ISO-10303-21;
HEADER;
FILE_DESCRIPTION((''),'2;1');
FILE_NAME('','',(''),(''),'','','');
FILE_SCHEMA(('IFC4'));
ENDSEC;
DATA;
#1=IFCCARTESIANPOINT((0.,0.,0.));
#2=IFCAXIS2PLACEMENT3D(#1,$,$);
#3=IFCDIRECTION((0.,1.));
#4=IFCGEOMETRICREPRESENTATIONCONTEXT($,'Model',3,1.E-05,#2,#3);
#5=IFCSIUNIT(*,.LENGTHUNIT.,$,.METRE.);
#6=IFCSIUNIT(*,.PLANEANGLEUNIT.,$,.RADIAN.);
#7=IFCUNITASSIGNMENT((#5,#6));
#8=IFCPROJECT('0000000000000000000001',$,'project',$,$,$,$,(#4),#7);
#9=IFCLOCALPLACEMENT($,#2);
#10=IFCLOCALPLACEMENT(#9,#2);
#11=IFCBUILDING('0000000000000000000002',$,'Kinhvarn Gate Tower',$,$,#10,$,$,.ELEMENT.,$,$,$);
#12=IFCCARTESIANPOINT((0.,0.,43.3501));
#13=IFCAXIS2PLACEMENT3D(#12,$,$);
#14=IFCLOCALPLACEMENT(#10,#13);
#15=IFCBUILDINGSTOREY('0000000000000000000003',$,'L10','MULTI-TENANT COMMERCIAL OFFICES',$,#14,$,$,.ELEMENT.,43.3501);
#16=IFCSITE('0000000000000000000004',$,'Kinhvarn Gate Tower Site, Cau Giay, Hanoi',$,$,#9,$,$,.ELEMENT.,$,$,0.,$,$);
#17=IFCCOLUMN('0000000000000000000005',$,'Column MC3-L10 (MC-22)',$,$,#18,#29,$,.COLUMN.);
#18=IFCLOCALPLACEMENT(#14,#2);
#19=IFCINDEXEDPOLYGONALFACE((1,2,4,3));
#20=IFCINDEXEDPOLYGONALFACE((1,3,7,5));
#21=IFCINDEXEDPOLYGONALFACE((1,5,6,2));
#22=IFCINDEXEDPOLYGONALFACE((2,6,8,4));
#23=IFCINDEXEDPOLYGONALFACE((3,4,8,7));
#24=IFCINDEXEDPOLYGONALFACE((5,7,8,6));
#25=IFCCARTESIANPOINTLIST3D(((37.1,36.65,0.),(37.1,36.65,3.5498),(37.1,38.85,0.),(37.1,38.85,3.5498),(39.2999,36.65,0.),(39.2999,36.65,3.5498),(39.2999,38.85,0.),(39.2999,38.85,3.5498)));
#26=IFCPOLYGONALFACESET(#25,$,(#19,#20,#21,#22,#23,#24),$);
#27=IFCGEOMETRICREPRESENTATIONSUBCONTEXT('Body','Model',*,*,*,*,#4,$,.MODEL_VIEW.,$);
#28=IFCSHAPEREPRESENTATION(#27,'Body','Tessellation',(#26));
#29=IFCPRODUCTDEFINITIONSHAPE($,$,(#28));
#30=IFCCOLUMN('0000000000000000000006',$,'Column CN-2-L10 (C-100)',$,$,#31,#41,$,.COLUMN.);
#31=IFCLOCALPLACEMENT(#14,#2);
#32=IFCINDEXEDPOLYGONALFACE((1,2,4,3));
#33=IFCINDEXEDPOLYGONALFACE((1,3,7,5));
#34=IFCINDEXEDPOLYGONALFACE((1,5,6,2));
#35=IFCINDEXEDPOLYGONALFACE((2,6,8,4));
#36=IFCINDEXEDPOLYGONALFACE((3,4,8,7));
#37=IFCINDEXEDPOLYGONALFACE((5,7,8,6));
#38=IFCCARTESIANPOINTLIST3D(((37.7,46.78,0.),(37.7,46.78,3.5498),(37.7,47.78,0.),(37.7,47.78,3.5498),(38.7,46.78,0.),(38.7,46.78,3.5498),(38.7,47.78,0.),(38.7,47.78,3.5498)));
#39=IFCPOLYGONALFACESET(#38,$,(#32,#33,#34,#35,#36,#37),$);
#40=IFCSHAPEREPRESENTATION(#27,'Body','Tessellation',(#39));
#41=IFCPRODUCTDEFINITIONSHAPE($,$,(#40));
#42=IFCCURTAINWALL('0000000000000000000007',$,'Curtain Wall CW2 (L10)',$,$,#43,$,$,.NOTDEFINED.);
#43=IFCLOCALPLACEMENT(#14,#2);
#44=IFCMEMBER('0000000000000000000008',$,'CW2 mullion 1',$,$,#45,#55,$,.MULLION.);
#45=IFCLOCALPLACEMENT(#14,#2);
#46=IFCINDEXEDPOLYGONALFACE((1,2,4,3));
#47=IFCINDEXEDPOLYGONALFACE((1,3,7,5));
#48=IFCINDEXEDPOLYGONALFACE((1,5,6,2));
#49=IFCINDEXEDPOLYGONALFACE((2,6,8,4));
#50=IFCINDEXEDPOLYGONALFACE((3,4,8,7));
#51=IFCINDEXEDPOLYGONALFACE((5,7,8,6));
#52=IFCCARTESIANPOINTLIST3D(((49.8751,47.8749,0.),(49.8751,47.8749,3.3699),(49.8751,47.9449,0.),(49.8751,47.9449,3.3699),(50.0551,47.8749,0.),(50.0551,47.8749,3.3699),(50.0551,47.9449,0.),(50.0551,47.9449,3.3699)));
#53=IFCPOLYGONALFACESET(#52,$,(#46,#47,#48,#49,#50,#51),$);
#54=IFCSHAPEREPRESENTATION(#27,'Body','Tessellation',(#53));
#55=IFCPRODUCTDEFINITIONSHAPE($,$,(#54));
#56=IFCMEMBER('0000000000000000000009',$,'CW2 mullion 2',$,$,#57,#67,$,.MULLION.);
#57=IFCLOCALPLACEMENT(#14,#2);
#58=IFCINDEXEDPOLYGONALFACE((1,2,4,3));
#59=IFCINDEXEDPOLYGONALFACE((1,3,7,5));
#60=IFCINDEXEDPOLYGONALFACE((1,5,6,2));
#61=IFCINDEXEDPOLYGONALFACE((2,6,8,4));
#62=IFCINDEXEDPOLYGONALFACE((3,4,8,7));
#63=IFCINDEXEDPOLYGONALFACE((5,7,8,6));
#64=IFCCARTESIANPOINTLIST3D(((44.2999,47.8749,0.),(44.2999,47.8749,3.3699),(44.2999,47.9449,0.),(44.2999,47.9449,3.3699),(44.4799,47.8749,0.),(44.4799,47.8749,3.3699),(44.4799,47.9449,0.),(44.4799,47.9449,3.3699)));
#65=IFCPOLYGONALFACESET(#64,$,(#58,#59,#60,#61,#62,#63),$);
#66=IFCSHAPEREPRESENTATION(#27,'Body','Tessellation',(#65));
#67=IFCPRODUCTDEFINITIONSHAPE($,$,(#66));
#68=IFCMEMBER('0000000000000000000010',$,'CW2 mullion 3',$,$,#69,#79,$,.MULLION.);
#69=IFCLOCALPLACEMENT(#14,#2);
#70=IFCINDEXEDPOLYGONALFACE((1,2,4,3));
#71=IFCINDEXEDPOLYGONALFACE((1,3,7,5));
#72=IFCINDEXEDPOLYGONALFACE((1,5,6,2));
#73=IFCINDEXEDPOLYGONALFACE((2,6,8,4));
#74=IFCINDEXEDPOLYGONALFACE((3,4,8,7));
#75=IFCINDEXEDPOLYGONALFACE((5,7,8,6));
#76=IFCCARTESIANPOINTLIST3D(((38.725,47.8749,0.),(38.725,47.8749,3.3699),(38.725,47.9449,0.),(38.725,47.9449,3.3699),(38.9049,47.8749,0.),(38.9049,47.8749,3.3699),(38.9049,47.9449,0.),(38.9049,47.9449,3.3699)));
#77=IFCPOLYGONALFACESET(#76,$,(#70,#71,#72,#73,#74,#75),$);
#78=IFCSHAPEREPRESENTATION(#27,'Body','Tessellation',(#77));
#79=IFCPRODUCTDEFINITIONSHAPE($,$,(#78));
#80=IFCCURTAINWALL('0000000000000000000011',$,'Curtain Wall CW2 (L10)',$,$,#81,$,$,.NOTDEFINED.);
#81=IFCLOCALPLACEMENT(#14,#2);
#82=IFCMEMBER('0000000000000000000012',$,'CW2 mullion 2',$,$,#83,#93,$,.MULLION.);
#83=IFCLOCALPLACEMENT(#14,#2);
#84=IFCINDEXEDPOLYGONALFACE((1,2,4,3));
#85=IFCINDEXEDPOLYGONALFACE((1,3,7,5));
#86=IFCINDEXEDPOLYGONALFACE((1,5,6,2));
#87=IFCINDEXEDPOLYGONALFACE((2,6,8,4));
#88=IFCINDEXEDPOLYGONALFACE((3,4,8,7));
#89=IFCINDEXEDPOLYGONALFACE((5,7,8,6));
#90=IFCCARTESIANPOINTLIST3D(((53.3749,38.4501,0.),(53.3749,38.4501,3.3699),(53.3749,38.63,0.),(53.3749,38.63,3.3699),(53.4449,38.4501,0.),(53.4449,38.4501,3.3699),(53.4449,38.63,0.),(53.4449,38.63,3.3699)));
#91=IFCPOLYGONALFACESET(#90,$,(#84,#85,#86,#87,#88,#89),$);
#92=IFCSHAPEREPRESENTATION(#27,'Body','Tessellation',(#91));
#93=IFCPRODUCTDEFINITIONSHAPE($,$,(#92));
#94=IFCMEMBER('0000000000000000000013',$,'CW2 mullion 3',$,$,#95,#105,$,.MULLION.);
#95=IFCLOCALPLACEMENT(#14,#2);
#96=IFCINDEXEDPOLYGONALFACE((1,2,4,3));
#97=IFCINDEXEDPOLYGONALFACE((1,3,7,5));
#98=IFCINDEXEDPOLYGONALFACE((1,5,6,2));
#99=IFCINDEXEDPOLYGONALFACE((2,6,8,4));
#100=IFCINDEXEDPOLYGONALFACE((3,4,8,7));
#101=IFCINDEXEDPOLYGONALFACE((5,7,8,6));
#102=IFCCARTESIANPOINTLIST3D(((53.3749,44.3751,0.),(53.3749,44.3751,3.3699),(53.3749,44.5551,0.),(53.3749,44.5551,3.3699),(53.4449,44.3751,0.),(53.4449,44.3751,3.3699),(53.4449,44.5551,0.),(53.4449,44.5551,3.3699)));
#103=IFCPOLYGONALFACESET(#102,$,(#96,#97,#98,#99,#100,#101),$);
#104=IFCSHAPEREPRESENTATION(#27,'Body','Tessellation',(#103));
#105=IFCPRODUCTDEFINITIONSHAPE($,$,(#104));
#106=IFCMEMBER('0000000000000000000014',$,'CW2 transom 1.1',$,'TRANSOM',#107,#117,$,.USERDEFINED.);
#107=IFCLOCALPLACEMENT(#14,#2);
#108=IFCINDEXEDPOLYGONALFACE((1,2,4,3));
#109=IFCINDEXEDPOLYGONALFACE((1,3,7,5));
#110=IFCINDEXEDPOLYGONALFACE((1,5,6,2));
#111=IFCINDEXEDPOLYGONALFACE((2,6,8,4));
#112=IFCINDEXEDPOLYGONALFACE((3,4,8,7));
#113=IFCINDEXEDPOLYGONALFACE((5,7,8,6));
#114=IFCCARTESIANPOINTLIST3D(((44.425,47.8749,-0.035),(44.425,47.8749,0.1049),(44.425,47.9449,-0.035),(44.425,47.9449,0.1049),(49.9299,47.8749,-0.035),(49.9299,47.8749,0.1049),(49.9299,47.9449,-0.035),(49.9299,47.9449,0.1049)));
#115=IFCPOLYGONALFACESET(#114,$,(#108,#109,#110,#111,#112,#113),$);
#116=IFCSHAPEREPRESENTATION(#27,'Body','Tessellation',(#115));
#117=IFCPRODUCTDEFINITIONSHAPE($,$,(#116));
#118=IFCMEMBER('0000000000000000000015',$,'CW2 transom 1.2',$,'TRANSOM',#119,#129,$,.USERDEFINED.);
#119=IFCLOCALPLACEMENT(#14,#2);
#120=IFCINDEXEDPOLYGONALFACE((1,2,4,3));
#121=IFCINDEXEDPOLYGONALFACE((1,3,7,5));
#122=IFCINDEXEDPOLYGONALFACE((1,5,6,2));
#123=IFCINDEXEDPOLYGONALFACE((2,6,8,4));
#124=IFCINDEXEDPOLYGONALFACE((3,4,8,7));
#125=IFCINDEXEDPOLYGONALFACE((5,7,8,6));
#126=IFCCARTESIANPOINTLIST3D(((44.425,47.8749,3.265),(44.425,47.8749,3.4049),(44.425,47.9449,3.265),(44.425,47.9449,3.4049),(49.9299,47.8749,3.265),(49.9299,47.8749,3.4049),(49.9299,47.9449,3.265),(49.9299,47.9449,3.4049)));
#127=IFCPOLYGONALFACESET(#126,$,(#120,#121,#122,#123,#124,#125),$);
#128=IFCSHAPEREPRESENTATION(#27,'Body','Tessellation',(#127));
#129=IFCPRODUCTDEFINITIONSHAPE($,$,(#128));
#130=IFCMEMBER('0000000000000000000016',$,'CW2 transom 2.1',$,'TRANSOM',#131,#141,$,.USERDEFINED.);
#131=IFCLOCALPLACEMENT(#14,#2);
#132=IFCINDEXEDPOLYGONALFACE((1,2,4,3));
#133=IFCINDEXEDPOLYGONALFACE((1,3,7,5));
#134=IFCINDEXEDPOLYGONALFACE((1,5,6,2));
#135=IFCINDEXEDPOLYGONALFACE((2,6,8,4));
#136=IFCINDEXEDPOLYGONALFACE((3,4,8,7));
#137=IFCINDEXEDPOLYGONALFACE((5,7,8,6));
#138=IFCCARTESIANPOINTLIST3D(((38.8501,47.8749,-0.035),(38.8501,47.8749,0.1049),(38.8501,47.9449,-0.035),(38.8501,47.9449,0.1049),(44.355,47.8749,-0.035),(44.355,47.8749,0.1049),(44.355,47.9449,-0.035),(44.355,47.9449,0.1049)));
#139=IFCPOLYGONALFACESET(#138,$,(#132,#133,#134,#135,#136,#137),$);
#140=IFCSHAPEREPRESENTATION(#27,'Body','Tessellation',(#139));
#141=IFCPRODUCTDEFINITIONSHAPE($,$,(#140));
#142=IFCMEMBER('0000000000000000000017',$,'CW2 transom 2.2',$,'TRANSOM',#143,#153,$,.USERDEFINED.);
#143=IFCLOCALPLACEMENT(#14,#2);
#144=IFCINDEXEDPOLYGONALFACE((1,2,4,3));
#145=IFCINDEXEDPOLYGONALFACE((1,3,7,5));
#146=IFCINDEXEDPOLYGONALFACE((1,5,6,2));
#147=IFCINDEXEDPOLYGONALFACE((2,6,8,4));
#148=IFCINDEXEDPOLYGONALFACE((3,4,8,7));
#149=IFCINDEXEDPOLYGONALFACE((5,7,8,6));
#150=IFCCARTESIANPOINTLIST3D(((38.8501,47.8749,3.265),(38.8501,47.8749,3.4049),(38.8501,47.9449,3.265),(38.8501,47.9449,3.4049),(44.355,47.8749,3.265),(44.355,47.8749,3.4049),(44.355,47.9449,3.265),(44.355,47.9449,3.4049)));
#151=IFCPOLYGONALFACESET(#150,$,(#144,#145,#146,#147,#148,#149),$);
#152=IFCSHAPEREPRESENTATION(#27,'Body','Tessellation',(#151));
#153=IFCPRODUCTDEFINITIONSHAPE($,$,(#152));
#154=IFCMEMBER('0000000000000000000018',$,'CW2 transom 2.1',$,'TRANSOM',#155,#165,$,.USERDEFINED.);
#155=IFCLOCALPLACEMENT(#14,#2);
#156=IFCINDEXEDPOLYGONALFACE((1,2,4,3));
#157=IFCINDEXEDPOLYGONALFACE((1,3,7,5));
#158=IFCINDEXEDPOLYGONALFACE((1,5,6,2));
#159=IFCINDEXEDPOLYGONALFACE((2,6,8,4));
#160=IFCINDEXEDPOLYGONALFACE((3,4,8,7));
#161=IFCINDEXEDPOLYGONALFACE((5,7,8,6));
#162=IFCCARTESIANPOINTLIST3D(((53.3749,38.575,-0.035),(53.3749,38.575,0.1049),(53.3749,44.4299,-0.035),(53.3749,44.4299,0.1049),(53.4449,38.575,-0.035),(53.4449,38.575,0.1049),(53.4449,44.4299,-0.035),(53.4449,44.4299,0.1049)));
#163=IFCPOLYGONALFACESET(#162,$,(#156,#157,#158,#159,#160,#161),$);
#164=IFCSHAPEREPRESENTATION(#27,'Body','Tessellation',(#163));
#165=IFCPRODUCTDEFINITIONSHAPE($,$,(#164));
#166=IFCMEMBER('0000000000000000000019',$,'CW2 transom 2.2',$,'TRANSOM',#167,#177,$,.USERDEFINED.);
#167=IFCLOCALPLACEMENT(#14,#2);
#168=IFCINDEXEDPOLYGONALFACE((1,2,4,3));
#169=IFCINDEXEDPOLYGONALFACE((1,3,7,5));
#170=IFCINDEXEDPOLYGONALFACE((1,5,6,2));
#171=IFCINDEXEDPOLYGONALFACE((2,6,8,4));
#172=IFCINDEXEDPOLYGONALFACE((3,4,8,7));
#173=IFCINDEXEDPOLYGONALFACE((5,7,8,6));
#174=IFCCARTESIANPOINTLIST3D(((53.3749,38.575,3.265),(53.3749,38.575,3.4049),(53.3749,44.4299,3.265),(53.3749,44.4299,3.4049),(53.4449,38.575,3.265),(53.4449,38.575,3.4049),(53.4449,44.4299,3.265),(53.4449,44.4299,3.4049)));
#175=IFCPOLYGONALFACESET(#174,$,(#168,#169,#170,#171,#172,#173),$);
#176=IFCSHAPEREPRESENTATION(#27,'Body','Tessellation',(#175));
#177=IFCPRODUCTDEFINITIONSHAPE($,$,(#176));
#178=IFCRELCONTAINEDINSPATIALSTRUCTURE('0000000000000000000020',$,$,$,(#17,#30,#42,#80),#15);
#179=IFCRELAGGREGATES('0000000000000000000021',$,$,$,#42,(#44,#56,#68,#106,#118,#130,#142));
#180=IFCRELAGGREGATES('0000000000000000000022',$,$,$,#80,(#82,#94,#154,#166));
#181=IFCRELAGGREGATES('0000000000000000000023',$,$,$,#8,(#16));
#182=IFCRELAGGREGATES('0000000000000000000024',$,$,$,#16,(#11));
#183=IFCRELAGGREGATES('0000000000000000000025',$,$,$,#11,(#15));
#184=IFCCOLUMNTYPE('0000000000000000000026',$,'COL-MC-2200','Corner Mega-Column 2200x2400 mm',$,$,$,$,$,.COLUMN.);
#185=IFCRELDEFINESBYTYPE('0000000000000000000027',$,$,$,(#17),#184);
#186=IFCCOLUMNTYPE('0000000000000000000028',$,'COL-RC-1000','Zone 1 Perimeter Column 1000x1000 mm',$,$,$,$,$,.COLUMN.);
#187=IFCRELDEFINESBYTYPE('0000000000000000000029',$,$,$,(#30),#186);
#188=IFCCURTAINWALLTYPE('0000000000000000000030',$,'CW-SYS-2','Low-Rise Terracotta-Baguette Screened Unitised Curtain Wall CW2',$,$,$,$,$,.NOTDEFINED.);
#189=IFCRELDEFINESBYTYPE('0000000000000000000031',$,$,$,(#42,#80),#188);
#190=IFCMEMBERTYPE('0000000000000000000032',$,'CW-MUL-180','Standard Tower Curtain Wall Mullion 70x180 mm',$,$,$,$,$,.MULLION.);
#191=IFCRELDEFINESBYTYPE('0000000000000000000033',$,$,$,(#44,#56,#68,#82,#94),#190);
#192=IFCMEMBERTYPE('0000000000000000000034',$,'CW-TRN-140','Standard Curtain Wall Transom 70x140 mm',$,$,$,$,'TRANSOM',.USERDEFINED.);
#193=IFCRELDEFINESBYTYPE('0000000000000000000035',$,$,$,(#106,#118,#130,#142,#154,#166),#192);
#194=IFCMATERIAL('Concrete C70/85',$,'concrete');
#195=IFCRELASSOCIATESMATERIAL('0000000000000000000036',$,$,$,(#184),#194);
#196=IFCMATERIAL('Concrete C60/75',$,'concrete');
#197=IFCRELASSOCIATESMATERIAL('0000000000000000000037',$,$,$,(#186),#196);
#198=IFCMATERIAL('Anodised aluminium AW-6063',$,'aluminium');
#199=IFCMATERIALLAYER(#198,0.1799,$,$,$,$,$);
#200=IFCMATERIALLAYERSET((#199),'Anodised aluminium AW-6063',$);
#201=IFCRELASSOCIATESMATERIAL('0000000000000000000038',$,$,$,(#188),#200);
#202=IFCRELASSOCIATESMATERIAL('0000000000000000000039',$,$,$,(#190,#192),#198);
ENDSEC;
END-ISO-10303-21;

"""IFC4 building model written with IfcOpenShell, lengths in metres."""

from ifc_helpers import new_model, si_unit, direction, frame, origin, origin_2d, place, context, subcontext, project, spatial, rectangle, extrude, material, layer, layer_set, material_profile, profile_set, type_object, element, aggregate, save


model = new_model("IFC4")

# Units and contexts
model_context = context("Model", 3, precision=1e-05, world=origin(), true_north=direction((0.0, 1.0)))
body_context = subcontext(model_context, "Body", "Model", "MODEL_VIEW")
ifc_project = project(units=[si_unit("LENGTHUNIT", "METRE"), si_unit("PLANEANGLEUNIT", "RADIAN")], contexts=[model_context])

# Site, building, storey
site_placement = place(None, origin())
site = spatial("IfcSite", under=ifc_project, at=site_placement, Name="Kinhvarn Gate Tower Site, Cau Giay, Hanoi", CompositionType="ELEMENT", RefElevation=0.0)
building_placement = place(site_placement, origin())
building = spatial("IfcBuilding", under=site, at=building_placement, Name="Kinhvarn Gate Tower", CompositionType="ELEMENT")
storey_placement = place(building_placement, frame((0.0, 0.0, 43.3501)))
storey = spatial("IfcBuildingStorey", under=building, at=storey_placement, Name="L10", Description="MULTI-TENANT COMMERCIAL OFFICES", CompositionType="ELEMENT", Elevation=43.3501)

# Columns
ifc_material_1 = material(Name="Concrete C70/85", Category="concrete")
ifc_material_profile_1 = material_profile(ifc_material_1, rectangle(XDim=2.2, YDim=2.2, at=origin_2d()), Name="RC 2200x2200")
ifc_profile_set_1 = profile_set([ifc_material_profile_1], Name="Concrete C70/85")
column_type_1 = type_object("IfcColumnType", Name="COL-MC-2200", Description="Corner Mega-Column 2200x2400 mm", PredefinedType="COLUMN", material=ifc_profile_set_1)
column_1_placement = place(storey_placement, frame((38.2, 37.75, 0.0), z_axis=(0.0, 0.0, 1.0), x_axis=(1.0, 0.0, 0.0)))
element("IfcColumn", 1, at=column_1_placement, inside=storey, type_object=column_type_1, Name="Column MC3-L10 (MC-22)", PredefinedType="COLUMN", context=body_context, shape_type="SweptSolid", body=[
    extrude(rectangle(XDim=2.2, YDim=2.2, at=origin_2d()), origin(), (0.0, 0.0, 1.0), 3.5498),
])
ifc_material_2 = material(Name="Concrete C60/75", Category="concrete")
ifc_material_profile_2 = material_profile(ifc_material_2, rectangle(XDim=1.0, YDim=1.0, at=origin_2d()), Name="RC 1000x1000")
ifc_profile_set_2 = profile_set([ifc_material_profile_2], Name="Concrete C60/75")
column_type_2 = type_object("IfcColumnType", Name="COL-RC-1000", Description="Zone 1 Perimeter Column 1000x1000 mm", PredefinedType="COLUMN", material=ifc_profile_set_2)
column_2_placement = place(storey_placement, frame((38.2, 47.28, 0.0), z_axis=(0.0, 0.0, 1.0), x_axis=(1.0, 0.0, 0.0)))
element("IfcColumn", 2, at=column_2_placement, inside=storey, type_object=column_type_2, Name="Column CN-2-L10 (C-100)", PredefinedType="COLUMN", context=body_context, shape_type="SweptSolid", body=[
    extrude(rectangle(XDim=1.0, YDim=1.0, at=origin_2d()), origin(), (0.0, 0.0, 1.0), 3.5498),
])

# Curtain walls, members
ifc_material_3 = material(Name="Anodised aluminium AW-6063", Category="aluminium")
ifc_layer_1 = layer(ifc_material_3, 0.1799)
ifc_layer_set_1 = layer_set([ifc_layer_1], Name="Anodised aluminium AW-6063")
curtain_wall_type = type_object("IfcCurtainWallType", Name="CW-SYS-2", Description="Low-Rise Terracotta-Baguette Screened Unitised Curtain Wall CW2", PredefinedType="NOTDEFINED", material=ifc_layer_set_1)
curtain_wall_1_placement = place(storey_placement, origin())
curtain_wall_1 = element("IfcCurtainWall", 3, at=curtain_wall_1_placement, inside=storey, type_object=curtain_wall_type, Name="Curtain Wall CW2 (L10)", PredefinedType="NOTDEFINED")
ifc_material_profile_3 = material_profile(ifc_material_3, rectangle(XDim=0.0701, YDim=0.1799, at=origin_2d()), Name="ALU 70x180")
ifc_profile_set_3 = profile_set([ifc_material_profile_3], Name="Anodised aluminium AW-6063")
member_type_1 = type_object("IfcMemberType", Name="CW-MUL-180", Description="Standard Tower Curtain Wall Mullion 70x180 mm", PredefinedType="MULLION", material=ifc_profile_set_3)
member_1_placement = place(storey_placement, frame((49.9651, 47.9099, 0.0), z_axis=(0.0, 0.0, 1.0), x_axis=(0.0, -1.0, 0.0)))
member_1 = element("IfcMember", 4, at=member_1_placement, type_object=member_type_1, Name="CW2 mullion 1", PredefinedType="MULLION", context=body_context, shape_type="SweptSolid", body=[
    extrude(rectangle(XDim=0.0701, YDim=0.1799, at=origin_2d()), origin(), (0.0, 0.0, 1.0), 3.3699),
])
member_2_placement = place(storey_placement, frame((44.3899, 47.9099, 0.0), z_axis=(0.0, 0.0, 1.0), x_axis=(0.0, -1.0, 0.0)))
member_2 = element("IfcMember", 5, at=member_2_placement, type_object=member_type_1, Name="CW2 mullion 2", PredefinedType="MULLION", context=body_context, shape_type="SweptSolid", body=[
    extrude(rectangle(XDim=0.0701, YDim=0.1799, at=origin_2d()), origin(), (0.0, 0.0, 1.0), 3.3699),
])
member_3_placement = place(storey_placement, frame((38.8149, 47.9099, 0.0), z_axis=(0.0, 0.0, 1.0), x_axis=(0.0, -1.0, 0.0)))
member_3 = element("IfcMember", 6, at=member_3_placement, type_object=member_type_1, Name="CW2 mullion 3", PredefinedType="MULLION", context=body_context, shape_type="SweptSolid", body=[
    extrude(rectangle(XDim=0.0701, YDim=0.1799, at=origin_2d()), origin(), (0.0, 0.0, 1.0), 3.3699),
])
curtain_wall_2_placement = place(storey_placement, origin())
curtain_wall_2 = element("IfcCurtainWall", 7, at=curtain_wall_2_placement, inside=storey, type_object=curtain_wall_type, Name="Curtain Wall CW2 (L10)", PredefinedType="NOTDEFINED")
member_4_placement = place(storey_placement, frame((53.4099, 38.54, 0.0), z_axis=(0.0, 0.0, 1.0), x_axis=(-1.0, 0.0, 0.0)))
member_4 = element("IfcMember", 8, at=member_4_placement, type_object=member_type_1, Name="CW2 mullion 2", PredefinedType="MULLION", context=body_context, shape_type="SweptSolid", body=[
    extrude(rectangle(XDim=0.0701, YDim=0.1799, at=origin_2d()), origin(), (0.0, 0.0, 1.0), 3.3699),
])
member_5_placement = place(storey_placement, frame((53.4099, 44.4651, 0.0), z_axis=(0.0, 0.0, 1.0), x_axis=(-1.0, 0.0, 0.0)))
member_5 = element("IfcMember", 9, at=member_5_placement, type_object=member_type_1, Name="CW2 mullion 3", PredefinedType="MULLION", context=body_context, shape_type="SweptSolid", body=[
    extrude(rectangle(XDim=0.0701, YDim=0.1799, at=origin_2d()), origin(), (0.0, 0.0, 1.0), 3.3699),
])

# Members
ifc_material_profile_4 = material_profile(ifc_material_3, rectangle(XDim=0.0701, YDim=0.1399, at=origin_2d()), Name="ALU 70x140")
ifc_profile_set_4 = profile_set([ifc_material_profile_4], Name="Anodised aluminium AW-6063")
member_type_2 = type_object("IfcMemberType", Name="CW-TRN-140", Description="Standard Curtain Wall Transom 70x140 mm", ElementType="TRANSOM", PredefinedType="USERDEFINED", material=ifc_profile_set_4)
member_6_placement = place(storey_placement, frame((49.9299, 47.9099, 0.0349), z_axis=(-1.0, 0.0, 0.0), x_axis=(0.0, -1.0, 0.0)))
member_6 = element("IfcMember", 10, at=member_6_placement, type_object=member_type_2, Name="CW2 transom 1.1", ObjectType="TRANSOM", PredefinedType="USERDEFINED", context=body_context, shape_type="SweptSolid", body=[
    extrude(rectangle(XDim=0.0701, YDim=0.1399, at=origin_2d()), origin(), (0.0, 0.0, 1.0), 5.5049),
])
member_7_placement = place(storey_placement, frame((49.9299, 47.9099, 3.335), z_axis=(-1.0, 0.0, 0.0), x_axis=(0.0, -1.0, 0.0)))
member_7 = element("IfcMember", 11, at=member_7_placement, type_object=member_type_2, Name="CW2 transom 1.2", ObjectType="TRANSOM", PredefinedType="USERDEFINED", context=body_context, shape_type="SweptSolid", body=[
    extrude(rectangle(XDim=0.0701, YDim=0.1399, at=origin_2d()), origin(), (0.0, 0.0, 1.0), 5.5049),
])
member_8_placement = place(storey_placement, frame((44.355, 47.9099, 0.0349), z_axis=(-1.0, 0.0, 0.0), x_axis=(0.0, -1.0, 0.0)))
member_8 = element("IfcMember", 12, at=member_8_placement, type_object=member_type_2, Name="CW2 transom 2.1", ObjectType="TRANSOM", PredefinedType="USERDEFINED", context=body_context, shape_type="SweptSolid", body=[
    extrude(rectangle(XDim=0.0701, YDim=0.1399, at=origin_2d()), origin(), (0.0, 0.0, 1.0), 5.5049),
])
member_9_placement = place(storey_placement, frame((44.355, 47.9099, 3.335), z_axis=(-1.0, 0.0, 0.0), x_axis=(0.0, -1.0, 0.0)))
member_9 = element("IfcMember", 13, at=member_9_placement, type_object=member_type_2, Name="CW2 transom 2.2", ObjectType="TRANSOM", PredefinedType="USERDEFINED", context=body_context, shape_type="SweptSolid", body=[
    extrude(rectangle(XDim=0.0701, YDim=0.1399, at=origin_2d()), origin(), (0.0, 0.0, 1.0), 5.5049),
])
member_10_placement = place(storey_placement, frame((53.4099, 38.575, 0.0349), z_axis=(0.0, 1.0, 0.0), x_axis=(-1.0, 0.0, 0.0)))
member_10 = element("IfcMember", 14, at=member_10_placement, type_object=member_type_2, Name="CW2 transom 2.1", ObjectType="TRANSOM", PredefinedType="USERDEFINED", context=body_context, shape_type="SweptSolid", body=[
    extrude(rectangle(XDim=0.0701, YDim=0.1399, at=origin_2d()), origin(), (0.0, 0.0, 1.0), 5.855),
])
member_11_placement = place(storey_placement, frame((53.4099, 38.575, 3.335), z_axis=(0.0, 1.0, 0.0), x_axis=(-1.0, 0.0, 0.0)))
member_11 = element("IfcMember", 15, at=member_11_placement, type_object=member_type_2, Name="CW2 transom 2.2", ObjectType="TRANSOM", PredefinedType="USERDEFINED", context=body_context, shape_type="SweptSolid", body=[
    extrude(rectangle(XDim=0.0701, YDim=0.1399, at=origin_2d()), origin(), (0.0, 0.0, 1.0), 5.855),
])

aggregate(curtain_wall_1, [member_1, member_2, member_3, member_6, member_7, member_8, member_9])
aggregate(curtain_wall_2, [member_4, member_5, member_10, member_11])

save(model, "model.ifc")
